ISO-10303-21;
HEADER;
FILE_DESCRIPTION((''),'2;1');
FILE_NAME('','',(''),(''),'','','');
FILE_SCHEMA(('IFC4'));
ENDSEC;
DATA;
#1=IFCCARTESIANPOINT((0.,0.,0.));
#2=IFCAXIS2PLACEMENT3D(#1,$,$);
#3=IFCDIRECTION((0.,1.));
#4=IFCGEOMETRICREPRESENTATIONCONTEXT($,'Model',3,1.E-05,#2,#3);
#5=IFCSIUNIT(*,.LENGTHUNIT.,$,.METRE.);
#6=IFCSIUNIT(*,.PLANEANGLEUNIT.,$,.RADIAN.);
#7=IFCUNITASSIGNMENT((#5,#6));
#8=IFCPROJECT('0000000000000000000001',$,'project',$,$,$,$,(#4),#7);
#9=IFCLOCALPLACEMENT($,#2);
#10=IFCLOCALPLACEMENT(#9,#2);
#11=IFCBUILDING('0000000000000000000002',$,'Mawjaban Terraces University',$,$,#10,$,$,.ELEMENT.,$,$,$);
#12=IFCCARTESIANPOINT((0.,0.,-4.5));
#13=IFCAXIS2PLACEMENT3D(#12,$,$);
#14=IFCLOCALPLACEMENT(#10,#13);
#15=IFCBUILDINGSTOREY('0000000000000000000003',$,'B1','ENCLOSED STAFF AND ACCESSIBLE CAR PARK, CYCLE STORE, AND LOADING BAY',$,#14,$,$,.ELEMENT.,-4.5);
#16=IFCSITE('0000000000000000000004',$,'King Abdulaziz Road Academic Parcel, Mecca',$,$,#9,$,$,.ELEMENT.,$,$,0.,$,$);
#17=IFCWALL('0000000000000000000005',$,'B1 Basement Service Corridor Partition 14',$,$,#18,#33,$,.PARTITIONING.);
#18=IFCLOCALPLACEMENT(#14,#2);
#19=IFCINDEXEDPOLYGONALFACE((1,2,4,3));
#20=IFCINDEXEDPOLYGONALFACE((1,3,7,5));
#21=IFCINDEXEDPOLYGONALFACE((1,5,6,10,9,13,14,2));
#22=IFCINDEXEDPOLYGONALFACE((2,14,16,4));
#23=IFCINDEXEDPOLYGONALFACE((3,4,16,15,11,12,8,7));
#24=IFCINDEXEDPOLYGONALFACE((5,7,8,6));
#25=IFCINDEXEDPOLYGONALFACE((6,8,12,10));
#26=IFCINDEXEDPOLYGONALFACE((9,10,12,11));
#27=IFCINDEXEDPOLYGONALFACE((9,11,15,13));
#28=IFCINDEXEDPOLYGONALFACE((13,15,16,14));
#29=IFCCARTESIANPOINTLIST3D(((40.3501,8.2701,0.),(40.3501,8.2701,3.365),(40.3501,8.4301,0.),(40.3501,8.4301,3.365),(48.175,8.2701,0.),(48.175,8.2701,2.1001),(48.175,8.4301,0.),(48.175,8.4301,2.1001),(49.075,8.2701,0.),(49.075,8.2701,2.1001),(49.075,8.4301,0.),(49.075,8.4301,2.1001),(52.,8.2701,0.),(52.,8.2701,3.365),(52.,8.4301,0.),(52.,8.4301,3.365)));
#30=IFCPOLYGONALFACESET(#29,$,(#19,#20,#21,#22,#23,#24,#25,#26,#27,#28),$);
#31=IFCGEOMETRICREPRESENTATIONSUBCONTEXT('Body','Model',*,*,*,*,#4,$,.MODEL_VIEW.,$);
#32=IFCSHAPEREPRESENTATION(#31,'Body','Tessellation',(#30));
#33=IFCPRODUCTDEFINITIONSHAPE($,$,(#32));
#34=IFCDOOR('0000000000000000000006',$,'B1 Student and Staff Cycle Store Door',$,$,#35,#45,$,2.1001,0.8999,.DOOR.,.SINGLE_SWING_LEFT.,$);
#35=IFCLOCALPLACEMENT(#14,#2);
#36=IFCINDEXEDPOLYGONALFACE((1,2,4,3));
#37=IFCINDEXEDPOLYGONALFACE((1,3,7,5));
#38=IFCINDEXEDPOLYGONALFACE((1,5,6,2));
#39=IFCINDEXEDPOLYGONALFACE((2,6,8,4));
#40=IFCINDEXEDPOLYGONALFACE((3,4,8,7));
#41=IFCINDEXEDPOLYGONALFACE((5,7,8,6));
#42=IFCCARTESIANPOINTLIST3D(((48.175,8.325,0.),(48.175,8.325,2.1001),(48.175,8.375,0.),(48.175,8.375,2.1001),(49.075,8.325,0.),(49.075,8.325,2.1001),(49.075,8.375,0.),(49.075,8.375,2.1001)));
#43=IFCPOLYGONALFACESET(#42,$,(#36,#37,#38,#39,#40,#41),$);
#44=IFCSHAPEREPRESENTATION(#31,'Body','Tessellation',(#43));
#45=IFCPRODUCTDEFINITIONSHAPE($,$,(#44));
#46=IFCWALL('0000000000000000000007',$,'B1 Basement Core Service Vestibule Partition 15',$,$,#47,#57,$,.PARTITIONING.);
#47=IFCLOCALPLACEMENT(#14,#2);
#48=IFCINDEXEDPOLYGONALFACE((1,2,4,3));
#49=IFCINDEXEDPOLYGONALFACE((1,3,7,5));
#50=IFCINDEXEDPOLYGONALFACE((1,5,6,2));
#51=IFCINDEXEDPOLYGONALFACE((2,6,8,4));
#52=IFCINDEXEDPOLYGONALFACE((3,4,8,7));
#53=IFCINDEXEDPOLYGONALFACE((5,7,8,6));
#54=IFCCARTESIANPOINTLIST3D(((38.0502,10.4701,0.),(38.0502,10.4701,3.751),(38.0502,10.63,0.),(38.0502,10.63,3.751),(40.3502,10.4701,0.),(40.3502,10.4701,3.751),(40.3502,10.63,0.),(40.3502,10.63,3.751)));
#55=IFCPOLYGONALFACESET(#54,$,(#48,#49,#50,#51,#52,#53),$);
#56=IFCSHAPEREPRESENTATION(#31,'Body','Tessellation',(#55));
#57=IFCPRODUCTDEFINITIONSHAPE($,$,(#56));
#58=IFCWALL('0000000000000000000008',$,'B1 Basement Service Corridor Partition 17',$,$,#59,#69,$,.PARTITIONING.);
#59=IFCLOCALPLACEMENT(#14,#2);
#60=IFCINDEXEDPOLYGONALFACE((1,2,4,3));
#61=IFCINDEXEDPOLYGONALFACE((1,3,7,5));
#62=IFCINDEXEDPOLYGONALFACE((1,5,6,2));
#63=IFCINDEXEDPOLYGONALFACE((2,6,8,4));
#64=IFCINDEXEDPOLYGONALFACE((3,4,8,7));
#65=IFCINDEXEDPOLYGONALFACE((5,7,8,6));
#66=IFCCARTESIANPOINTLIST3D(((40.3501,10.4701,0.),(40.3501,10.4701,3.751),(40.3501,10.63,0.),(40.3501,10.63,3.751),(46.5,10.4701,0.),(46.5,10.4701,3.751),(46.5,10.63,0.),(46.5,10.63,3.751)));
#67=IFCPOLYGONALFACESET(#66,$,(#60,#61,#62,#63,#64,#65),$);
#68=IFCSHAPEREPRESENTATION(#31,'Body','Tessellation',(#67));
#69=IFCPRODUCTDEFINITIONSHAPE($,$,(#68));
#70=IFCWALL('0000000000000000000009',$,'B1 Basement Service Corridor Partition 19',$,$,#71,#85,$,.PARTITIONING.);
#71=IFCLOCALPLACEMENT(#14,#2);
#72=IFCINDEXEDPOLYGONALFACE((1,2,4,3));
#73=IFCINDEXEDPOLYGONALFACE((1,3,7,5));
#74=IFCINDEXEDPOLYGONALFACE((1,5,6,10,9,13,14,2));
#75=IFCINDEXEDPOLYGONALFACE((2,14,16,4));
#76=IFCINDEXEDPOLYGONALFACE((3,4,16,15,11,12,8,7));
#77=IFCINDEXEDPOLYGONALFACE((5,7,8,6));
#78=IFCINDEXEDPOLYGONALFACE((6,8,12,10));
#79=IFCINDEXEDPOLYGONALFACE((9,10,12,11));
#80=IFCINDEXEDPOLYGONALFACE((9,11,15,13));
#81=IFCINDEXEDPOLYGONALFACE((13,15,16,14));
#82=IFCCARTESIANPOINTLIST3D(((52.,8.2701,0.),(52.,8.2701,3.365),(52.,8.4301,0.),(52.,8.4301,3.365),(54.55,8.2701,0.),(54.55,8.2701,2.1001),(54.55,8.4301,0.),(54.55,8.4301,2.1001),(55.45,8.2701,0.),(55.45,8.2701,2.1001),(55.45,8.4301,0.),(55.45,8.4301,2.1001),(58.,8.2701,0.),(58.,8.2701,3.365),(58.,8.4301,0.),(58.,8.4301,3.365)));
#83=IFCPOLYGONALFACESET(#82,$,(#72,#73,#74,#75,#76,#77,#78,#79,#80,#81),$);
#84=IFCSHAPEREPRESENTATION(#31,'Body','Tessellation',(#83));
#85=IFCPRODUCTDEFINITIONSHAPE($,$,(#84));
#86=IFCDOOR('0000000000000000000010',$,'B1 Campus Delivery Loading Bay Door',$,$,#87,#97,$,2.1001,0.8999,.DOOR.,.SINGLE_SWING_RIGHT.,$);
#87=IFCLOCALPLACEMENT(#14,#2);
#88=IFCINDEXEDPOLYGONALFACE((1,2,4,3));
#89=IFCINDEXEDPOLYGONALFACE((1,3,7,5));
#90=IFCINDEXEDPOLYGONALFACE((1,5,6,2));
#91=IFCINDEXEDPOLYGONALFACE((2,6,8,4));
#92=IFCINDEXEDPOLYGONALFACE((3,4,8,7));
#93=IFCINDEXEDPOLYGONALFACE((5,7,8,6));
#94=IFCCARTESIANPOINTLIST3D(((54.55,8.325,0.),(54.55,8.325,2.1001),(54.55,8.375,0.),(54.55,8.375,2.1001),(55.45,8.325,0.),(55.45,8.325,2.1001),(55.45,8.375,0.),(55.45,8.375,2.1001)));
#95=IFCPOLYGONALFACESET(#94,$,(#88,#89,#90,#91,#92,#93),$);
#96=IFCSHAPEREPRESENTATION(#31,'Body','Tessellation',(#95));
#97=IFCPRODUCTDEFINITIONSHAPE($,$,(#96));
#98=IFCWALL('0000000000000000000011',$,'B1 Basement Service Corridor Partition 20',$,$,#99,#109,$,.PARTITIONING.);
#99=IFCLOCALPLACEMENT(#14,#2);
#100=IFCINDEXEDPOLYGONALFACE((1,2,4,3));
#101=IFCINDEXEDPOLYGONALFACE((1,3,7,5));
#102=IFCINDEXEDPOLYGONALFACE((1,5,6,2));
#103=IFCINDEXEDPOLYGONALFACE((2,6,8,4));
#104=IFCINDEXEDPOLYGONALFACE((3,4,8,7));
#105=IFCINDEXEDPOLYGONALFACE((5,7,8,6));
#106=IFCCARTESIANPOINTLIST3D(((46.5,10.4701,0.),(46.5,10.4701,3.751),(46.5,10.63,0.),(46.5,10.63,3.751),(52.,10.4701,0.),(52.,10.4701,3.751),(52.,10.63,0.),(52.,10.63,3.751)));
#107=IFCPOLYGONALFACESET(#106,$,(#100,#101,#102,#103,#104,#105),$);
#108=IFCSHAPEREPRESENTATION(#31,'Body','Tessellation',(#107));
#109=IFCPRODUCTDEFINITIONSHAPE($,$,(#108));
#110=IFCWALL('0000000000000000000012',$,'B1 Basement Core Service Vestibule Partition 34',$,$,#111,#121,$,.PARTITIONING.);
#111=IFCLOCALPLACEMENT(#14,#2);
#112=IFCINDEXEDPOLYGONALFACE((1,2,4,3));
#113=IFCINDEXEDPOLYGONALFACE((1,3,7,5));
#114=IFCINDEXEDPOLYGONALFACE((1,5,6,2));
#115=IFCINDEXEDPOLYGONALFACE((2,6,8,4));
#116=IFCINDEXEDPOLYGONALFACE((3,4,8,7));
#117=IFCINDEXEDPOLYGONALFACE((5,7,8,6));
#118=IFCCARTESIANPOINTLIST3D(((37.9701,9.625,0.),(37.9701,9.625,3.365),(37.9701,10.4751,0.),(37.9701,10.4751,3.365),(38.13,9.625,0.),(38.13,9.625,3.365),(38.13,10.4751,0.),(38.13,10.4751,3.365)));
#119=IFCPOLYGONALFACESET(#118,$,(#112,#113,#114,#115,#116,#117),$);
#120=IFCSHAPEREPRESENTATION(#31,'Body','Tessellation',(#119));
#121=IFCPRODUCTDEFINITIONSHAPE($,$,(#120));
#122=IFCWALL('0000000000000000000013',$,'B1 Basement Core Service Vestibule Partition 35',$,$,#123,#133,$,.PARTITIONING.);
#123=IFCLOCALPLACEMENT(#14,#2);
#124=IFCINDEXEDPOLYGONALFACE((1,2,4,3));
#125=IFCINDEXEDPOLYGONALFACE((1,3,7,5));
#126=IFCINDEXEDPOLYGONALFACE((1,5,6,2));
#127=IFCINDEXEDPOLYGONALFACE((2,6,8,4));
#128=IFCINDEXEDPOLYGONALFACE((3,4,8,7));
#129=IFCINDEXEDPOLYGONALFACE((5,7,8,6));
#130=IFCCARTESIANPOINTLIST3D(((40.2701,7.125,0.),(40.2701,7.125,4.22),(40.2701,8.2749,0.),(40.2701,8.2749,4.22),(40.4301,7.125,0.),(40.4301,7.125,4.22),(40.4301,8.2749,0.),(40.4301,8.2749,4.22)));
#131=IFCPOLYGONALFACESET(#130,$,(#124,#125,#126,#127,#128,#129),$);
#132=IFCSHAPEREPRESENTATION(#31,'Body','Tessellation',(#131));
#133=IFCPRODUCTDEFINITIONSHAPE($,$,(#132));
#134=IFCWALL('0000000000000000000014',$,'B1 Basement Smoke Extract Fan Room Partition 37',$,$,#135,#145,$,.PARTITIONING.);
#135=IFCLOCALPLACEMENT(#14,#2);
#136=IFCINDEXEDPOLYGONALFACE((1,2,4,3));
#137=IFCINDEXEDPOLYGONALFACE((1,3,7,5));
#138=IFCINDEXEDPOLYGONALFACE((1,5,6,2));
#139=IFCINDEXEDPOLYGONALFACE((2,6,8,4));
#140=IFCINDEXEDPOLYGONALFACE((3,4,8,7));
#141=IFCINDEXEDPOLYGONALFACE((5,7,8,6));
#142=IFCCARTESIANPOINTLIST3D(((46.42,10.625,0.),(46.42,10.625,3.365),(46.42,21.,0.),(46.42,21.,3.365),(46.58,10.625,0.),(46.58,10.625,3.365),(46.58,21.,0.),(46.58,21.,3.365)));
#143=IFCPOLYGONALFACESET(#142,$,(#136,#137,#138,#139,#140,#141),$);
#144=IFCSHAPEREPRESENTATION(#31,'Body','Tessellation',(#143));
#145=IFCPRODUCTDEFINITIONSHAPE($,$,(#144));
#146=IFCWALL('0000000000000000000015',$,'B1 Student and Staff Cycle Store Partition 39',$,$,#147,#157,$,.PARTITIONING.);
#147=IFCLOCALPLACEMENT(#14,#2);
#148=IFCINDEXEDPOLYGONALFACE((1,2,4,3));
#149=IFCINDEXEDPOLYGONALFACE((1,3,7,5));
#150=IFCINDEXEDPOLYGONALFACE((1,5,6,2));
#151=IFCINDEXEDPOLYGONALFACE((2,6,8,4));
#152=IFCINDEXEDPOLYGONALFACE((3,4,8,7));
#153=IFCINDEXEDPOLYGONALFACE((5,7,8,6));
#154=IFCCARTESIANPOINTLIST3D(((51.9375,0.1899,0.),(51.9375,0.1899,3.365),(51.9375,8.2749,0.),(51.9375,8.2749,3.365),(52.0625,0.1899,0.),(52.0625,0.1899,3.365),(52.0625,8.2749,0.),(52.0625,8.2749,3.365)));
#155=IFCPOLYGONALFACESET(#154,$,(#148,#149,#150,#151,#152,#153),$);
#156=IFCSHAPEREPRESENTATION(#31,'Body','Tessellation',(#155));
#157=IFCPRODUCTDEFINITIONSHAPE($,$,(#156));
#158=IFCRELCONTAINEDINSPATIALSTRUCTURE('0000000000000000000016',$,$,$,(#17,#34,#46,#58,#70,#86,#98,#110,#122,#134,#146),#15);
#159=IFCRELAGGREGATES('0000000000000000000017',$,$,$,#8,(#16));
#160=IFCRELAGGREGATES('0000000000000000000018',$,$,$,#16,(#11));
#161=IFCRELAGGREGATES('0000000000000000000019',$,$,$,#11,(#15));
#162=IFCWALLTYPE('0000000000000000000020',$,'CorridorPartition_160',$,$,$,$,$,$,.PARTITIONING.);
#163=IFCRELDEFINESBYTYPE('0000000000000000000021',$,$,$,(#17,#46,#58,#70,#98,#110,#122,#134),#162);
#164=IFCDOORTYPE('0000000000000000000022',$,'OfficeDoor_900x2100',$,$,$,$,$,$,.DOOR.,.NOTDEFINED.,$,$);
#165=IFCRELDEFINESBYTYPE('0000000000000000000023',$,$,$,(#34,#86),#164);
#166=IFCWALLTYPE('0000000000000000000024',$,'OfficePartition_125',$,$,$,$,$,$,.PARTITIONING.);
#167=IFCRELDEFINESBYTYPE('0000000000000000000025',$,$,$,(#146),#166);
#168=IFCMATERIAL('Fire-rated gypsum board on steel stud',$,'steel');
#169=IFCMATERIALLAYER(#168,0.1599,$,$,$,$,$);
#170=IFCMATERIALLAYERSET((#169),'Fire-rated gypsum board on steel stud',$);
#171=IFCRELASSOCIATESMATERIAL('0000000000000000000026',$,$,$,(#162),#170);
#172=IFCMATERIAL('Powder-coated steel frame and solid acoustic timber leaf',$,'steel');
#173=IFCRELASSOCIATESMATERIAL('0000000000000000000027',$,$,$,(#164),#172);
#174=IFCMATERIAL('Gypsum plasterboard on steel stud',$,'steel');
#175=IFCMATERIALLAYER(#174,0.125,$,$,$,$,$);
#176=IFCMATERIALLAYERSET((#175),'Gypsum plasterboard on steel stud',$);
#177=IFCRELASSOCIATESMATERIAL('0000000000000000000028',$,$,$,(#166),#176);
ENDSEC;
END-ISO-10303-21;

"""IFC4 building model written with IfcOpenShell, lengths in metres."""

from ifc_helpers import new_model, si_unit, direction, frame, frame_2d, origin, place, context, subcontext, project, spatial, rectangle, extrude, material, layer, layer_set, type_object, element, fill, save


model = new_model("IFC4")

# Units and contexts
model_context = context("Model", 3, precision=1e-05, world=origin(), true_north=direction((0.0, 1.0)))
body_context = subcontext(model_context, "Body", "Model", "MODEL_VIEW")
ifc_project = project(units=[si_unit("LENGTHUNIT", "METRE"), si_unit("PLANEANGLEUNIT", "RADIAN")], contexts=[model_context])

# Site, building, storey
site_placement = place(None, origin())
site = spatial("IfcSite", under=ifc_project, at=site_placement, Name="King Abdulaziz Road Academic Parcel, Mecca", CompositionType="ELEMENT", RefElevation=0.0)
building_placement = place(site_placement, origin())
building = spatial("IfcBuilding", under=site, at=building_placement, Name="Mawjaban Terraces University", CompositionType="ELEMENT")
storey_placement = place(building_placement, frame((0.0, 0.0, -4.5)))
storey = spatial("IfcBuildingStorey", under=building, at=storey_placement, Name="B1", Description="ENCLOSED STAFF AND ACCESSIBLE CAR PARK, CYCLE STORE, AND LOADING BAY", CompositionType="ELEMENT", Elevation=-4.5)

# Shared definitions
ifc_material_1 = material(Name="Fire-rated gypsum board on steel stud", Category="steel")
ifc_layer_1 = layer(ifc_material_1, 0.1599)
ifc_layer_set_1 = layer_set([ifc_layer_1], Name="Fire-rated gypsum board on steel stud")
wall_type_1 = type_object("IfcWallType", Name="CorridorPartition_160", PredefinedType="PARTITIONING", material=ifc_layer_set_1)

# Wall, opening, door
wall_1_placement = place(storey_placement, frame((40.3501, 8.3501, 0.0), z_axis=(0.0, 0.0, 1.0), x_axis=(1.0, 0.0, 0.0)))
wall_1 = element("IfcWall", 1, at=wall_1_placement, inside=storey, type_object=wall_type_1, Name="B1 Basement Service Corridor Partition 14", PredefinedType="PARTITIONING", context=body_context, shape_type="SweptSolid", body=[
    extrude(rectangle(XDim=11.6499, YDim=0.1599, at=frame_2d((5.825, 0.0))), origin(), (0.0, 0.0, 1.0), 3.365),
])
opening_1_placement = place(wall_1_placement, frame((7.825, 0.0, 0.0)))
opening_1 = element("IfcOpeningElement", 2, at=opening_1_placement, cuts=wall_1, PredefinedType="OPENING", context=body_context, shape_type="SweptSolid", body=[
    extrude(rectangle(XDim=0.8999, YDim=2.1001, at=frame_2d((0.45, 1.05))), frame((0.0, 0.0898, 0.0), z_axis=(0.0, -1.0, 0.0), x_axis=(1.0, 0.0, 0.0)), (0.0, 0.0, 1.0), 0.1799),
])
ifc_material_2 = material(Name="Powder-coated steel frame and solid acoustic timber leaf", Category="steel")
door_type = type_object("IfcDoorType", Name="OfficeDoor_900x2100", OperationType="NOTDEFINED", PredefinedType="DOOR", material=ifc_material_2)
door_1_placement = place(opening_1_placement, origin())
door_1 = element("IfcDoor", 3, at=door_1_placement, inside=storey, type_object=door_type, Name="B1 Student and Staff Cycle Store Door", OperationType="SINGLE_SWING_LEFT", OverallHeight=2.1001, OverallWidth=0.8999, PredefinedType="DOOR", context=body_context, shape_type="SweptSolid", body=[
    extrude(rectangle(XDim=0.8999, YDim=2.1001, at=frame_2d((0.45, 1.05))), frame((0.0, 0.0249, 0.0), z_axis=(0.0, -1.0, 0.0), x_axis=(1.0, 0.0, 0.0)), (0.0, 0.0, 1.0), 0.05),
])
fill(opening_1, door_1)

# Walls
wall_2_placement = place(storey_placement, frame((40.3501, 10.55, 0.0), z_axis=(0.0, 0.0, 1.0), x_axis=(-1.0, 0.0, 0.0)))
element("IfcWall", 4, at=wall_2_placement, inside=storey, type_object=wall_type_1, Name="B1 Basement Core Service Vestibule Partition 15", PredefinedType="PARTITIONING", context=body_context, shape_type="SweptSolid", body=[
    extrude(rectangle(XDim=2.3, YDim=0.1599, at=frame_2d((1.1499, 0.0))), origin(), (0.0, 0.0, 1.0), 3.751),
])
wall_3_placement = place(storey_placement, frame((46.5, 10.55, 0.0), z_axis=(0.0, 0.0, 1.0), x_axis=(-1.0, 0.0, 0.0)))
element("IfcWall", 5, at=wall_3_placement, inside=storey, type_object=wall_type_1, Name="B1 Basement Service Corridor Partition 17", PredefinedType="PARTITIONING", context=body_context, shape_type="SweptSolid", body=[
    extrude(rectangle(XDim=6.1499, YDim=0.1599, at=frame_2d((3.075, 0.0))), origin(), (0.0, 0.0, 1.0), 3.751),
])

# Wall, opening, door
wall_4_placement = place(storey_placement, frame((52.0, 8.3501, 0.0), z_axis=(0.0, 0.0, 1.0), x_axis=(1.0, 0.0, 0.0)))
wall_4 = element("IfcWall", 6, at=wall_4_placement, inside=storey, type_object=wall_type_1, Name="B1 Basement Service Corridor Partition 19", PredefinedType="PARTITIONING", context=body_context, shape_type="SweptSolid", body=[
    extrude(rectangle(XDim=6.0, YDim=0.1599, at=frame_2d((3.0, 0.0))), origin(), (0.0, 0.0, 1.0), 3.365),
])
opening_2_placement = place(wall_4_placement, frame((2.55, 0.0, 0.0)))
opening_2 = element("IfcOpeningElement", 7, at=opening_2_placement, cuts=wall_4, PredefinedType="OPENING", context=body_context, shape_type="SweptSolid", body=[
    extrude(rectangle(XDim=0.8999, YDim=2.1001, at=frame_2d((0.45, 1.05))), frame((0.0, 0.0898, 0.0), z_axis=(0.0, -1.0, 0.0), x_axis=(1.0, 0.0, 0.0)), (0.0, 0.0, 1.0), 0.1799),
])
door_2_placement = place(opening_2_placement, origin())
door_2 = element("IfcDoor", 8, at=door_2_placement, inside=storey, type_object=door_type, Name="B1 Campus Delivery Loading Bay Door", OperationType="SINGLE_SWING_RIGHT", OverallHeight=2.1001, OverallWidth=0.8999, PredefinedType="DOOR", context=body_context, shape_type="SweptSolid", body=[
    extrude(rectangle(XDim=0.8999, YDim=2.1001, at=frame_2d((0.45, 1.05))), frame((0.0, 0.0249, 0.0), z_axis=(0.0, -1.0, 0.0), x_axis=(1.0, 0.0, 0.0)), (0.0, 0.0, 1.0), 0.05),
])
fill(opening_2, door_2)

# Walls
wall_5_placement = place(storey_placement, frame((52.0, 10.55, 0.0), z_axis=(0.0, 0.0, 1.0), x_axis=(-1.0, 0.0, 0.0)))
element("IfcWall", 9, at=wall_5_placement, inside=storey, type_object=wall_type_1, Name="B1 Basement Service Corridor Partition 20", PredefinedType="PARTITIONING", context=body_context, shape_type="SweptSolid", body=[
    extrude(rectangle(XDim=5.5, YDim=0.1599, at=frame_2d((2.75, 0.0))), origin(), (0.0, 0.0, 1.0), 3.751),
])
wall_6_placement = place(storey_placement, frame((38.05, 10.4751, 0.0), z_axis=(0.0, 0.0, 1.0), x_axis=(0.0, -1.0, 0.0)))
element("IfcWall", 10, at=wall_6_placement, inside=storey, type_object=wall_type_1, Name="B1 Basement Core Service Vestibule Partition 34", PredefinedType="PARTITIONING", context=body_context, shape_type="SweptSolid", body=[
    extrude(rectangle(XDim=0.8501, YDim=0.1599, at=frame_2d((0.425, 0.0))), origin(), (0.0, 0.0, 1.0), 3.365),
])
wall_7_placement = place(storey_placement, frame((40.3501, 7.125, 0.0), z_axis=(0.0, 0.0, 1.0), x_axis=(0.0, 1.0, 0.0)))
element("IfcWall", 11, at=wall_7_placement, inside=storey, type_object=wall_type_1, Name="B1 Basement Core Service Vestibule Partition 35", PredefinedType="PARTITIONING", context=body_context, shape_type="SweptSolid", body=[
    extrude(rectangle(XDim=1.1499, YDim=0.1599, at=frame_2d((0.575, 0.0))), origin(), (0.0, 0.0, 1.0), 4.22),
])
wall_8_placement = place(storey_placement, frame((46.5, 10.625, 0.0), z_axis=(0.0, 0.0, 1.0), x_axis=(0.0, 1.0, 0.0)))
element("IfcWall", 12, at=wall_8_placement, inside=storey, type_object=wall_type_1, Name="B1 Basement Smoke Extract Fan Room Partition 37", PredefinedType="PARTITIONING", context=body_context, shape_type="SweptSolid", body=[
    extrude(rectangle(XDim=10.375, YDim=0.1599, at=frame_2d((5.1875, 0.0))), origin(), (0.0, 0.0, 1.0), 3.365),
])
ifc_material_3 = material(Name="Gypsum plasterboard on steel stud", Category="steel")
ifc_layer_2 = layer(ifc_material_3, 0.125)
ifc_layer_set_2 = layer_set([ifc_layer_2], Name="Gypsum plasterboard on steel stud")
wall_type_2 = type_object("IfcWallType", Name="OfficePartition_125", PredefinedType="PARTITIONING", material=ifc_layer_set_2)
wall_9_placement = place(storey_placement, frame((52.0, 0.1899, 0.0), z_axis=(0.0, 0.0, 1.0), x_axis=(0.0, 1.0, 0.0)))
element("IfcWall", 13, at=wall_9_placement, inside=storey, type_object=wall_type_2, Name="B1 Student and Staff Cycle Store Partition 39", PredefinedType="PARTITIONING", context=body_context, shape_type="SweptSolid", body=[
    extrude(rectangle(XDim=8.085, YDim=0.125, at=frame_2d((4.0425, 0.0))), origin(), (0.0, 0.0, 1.0), 3.365),
])

save(model, "model.ifc")
